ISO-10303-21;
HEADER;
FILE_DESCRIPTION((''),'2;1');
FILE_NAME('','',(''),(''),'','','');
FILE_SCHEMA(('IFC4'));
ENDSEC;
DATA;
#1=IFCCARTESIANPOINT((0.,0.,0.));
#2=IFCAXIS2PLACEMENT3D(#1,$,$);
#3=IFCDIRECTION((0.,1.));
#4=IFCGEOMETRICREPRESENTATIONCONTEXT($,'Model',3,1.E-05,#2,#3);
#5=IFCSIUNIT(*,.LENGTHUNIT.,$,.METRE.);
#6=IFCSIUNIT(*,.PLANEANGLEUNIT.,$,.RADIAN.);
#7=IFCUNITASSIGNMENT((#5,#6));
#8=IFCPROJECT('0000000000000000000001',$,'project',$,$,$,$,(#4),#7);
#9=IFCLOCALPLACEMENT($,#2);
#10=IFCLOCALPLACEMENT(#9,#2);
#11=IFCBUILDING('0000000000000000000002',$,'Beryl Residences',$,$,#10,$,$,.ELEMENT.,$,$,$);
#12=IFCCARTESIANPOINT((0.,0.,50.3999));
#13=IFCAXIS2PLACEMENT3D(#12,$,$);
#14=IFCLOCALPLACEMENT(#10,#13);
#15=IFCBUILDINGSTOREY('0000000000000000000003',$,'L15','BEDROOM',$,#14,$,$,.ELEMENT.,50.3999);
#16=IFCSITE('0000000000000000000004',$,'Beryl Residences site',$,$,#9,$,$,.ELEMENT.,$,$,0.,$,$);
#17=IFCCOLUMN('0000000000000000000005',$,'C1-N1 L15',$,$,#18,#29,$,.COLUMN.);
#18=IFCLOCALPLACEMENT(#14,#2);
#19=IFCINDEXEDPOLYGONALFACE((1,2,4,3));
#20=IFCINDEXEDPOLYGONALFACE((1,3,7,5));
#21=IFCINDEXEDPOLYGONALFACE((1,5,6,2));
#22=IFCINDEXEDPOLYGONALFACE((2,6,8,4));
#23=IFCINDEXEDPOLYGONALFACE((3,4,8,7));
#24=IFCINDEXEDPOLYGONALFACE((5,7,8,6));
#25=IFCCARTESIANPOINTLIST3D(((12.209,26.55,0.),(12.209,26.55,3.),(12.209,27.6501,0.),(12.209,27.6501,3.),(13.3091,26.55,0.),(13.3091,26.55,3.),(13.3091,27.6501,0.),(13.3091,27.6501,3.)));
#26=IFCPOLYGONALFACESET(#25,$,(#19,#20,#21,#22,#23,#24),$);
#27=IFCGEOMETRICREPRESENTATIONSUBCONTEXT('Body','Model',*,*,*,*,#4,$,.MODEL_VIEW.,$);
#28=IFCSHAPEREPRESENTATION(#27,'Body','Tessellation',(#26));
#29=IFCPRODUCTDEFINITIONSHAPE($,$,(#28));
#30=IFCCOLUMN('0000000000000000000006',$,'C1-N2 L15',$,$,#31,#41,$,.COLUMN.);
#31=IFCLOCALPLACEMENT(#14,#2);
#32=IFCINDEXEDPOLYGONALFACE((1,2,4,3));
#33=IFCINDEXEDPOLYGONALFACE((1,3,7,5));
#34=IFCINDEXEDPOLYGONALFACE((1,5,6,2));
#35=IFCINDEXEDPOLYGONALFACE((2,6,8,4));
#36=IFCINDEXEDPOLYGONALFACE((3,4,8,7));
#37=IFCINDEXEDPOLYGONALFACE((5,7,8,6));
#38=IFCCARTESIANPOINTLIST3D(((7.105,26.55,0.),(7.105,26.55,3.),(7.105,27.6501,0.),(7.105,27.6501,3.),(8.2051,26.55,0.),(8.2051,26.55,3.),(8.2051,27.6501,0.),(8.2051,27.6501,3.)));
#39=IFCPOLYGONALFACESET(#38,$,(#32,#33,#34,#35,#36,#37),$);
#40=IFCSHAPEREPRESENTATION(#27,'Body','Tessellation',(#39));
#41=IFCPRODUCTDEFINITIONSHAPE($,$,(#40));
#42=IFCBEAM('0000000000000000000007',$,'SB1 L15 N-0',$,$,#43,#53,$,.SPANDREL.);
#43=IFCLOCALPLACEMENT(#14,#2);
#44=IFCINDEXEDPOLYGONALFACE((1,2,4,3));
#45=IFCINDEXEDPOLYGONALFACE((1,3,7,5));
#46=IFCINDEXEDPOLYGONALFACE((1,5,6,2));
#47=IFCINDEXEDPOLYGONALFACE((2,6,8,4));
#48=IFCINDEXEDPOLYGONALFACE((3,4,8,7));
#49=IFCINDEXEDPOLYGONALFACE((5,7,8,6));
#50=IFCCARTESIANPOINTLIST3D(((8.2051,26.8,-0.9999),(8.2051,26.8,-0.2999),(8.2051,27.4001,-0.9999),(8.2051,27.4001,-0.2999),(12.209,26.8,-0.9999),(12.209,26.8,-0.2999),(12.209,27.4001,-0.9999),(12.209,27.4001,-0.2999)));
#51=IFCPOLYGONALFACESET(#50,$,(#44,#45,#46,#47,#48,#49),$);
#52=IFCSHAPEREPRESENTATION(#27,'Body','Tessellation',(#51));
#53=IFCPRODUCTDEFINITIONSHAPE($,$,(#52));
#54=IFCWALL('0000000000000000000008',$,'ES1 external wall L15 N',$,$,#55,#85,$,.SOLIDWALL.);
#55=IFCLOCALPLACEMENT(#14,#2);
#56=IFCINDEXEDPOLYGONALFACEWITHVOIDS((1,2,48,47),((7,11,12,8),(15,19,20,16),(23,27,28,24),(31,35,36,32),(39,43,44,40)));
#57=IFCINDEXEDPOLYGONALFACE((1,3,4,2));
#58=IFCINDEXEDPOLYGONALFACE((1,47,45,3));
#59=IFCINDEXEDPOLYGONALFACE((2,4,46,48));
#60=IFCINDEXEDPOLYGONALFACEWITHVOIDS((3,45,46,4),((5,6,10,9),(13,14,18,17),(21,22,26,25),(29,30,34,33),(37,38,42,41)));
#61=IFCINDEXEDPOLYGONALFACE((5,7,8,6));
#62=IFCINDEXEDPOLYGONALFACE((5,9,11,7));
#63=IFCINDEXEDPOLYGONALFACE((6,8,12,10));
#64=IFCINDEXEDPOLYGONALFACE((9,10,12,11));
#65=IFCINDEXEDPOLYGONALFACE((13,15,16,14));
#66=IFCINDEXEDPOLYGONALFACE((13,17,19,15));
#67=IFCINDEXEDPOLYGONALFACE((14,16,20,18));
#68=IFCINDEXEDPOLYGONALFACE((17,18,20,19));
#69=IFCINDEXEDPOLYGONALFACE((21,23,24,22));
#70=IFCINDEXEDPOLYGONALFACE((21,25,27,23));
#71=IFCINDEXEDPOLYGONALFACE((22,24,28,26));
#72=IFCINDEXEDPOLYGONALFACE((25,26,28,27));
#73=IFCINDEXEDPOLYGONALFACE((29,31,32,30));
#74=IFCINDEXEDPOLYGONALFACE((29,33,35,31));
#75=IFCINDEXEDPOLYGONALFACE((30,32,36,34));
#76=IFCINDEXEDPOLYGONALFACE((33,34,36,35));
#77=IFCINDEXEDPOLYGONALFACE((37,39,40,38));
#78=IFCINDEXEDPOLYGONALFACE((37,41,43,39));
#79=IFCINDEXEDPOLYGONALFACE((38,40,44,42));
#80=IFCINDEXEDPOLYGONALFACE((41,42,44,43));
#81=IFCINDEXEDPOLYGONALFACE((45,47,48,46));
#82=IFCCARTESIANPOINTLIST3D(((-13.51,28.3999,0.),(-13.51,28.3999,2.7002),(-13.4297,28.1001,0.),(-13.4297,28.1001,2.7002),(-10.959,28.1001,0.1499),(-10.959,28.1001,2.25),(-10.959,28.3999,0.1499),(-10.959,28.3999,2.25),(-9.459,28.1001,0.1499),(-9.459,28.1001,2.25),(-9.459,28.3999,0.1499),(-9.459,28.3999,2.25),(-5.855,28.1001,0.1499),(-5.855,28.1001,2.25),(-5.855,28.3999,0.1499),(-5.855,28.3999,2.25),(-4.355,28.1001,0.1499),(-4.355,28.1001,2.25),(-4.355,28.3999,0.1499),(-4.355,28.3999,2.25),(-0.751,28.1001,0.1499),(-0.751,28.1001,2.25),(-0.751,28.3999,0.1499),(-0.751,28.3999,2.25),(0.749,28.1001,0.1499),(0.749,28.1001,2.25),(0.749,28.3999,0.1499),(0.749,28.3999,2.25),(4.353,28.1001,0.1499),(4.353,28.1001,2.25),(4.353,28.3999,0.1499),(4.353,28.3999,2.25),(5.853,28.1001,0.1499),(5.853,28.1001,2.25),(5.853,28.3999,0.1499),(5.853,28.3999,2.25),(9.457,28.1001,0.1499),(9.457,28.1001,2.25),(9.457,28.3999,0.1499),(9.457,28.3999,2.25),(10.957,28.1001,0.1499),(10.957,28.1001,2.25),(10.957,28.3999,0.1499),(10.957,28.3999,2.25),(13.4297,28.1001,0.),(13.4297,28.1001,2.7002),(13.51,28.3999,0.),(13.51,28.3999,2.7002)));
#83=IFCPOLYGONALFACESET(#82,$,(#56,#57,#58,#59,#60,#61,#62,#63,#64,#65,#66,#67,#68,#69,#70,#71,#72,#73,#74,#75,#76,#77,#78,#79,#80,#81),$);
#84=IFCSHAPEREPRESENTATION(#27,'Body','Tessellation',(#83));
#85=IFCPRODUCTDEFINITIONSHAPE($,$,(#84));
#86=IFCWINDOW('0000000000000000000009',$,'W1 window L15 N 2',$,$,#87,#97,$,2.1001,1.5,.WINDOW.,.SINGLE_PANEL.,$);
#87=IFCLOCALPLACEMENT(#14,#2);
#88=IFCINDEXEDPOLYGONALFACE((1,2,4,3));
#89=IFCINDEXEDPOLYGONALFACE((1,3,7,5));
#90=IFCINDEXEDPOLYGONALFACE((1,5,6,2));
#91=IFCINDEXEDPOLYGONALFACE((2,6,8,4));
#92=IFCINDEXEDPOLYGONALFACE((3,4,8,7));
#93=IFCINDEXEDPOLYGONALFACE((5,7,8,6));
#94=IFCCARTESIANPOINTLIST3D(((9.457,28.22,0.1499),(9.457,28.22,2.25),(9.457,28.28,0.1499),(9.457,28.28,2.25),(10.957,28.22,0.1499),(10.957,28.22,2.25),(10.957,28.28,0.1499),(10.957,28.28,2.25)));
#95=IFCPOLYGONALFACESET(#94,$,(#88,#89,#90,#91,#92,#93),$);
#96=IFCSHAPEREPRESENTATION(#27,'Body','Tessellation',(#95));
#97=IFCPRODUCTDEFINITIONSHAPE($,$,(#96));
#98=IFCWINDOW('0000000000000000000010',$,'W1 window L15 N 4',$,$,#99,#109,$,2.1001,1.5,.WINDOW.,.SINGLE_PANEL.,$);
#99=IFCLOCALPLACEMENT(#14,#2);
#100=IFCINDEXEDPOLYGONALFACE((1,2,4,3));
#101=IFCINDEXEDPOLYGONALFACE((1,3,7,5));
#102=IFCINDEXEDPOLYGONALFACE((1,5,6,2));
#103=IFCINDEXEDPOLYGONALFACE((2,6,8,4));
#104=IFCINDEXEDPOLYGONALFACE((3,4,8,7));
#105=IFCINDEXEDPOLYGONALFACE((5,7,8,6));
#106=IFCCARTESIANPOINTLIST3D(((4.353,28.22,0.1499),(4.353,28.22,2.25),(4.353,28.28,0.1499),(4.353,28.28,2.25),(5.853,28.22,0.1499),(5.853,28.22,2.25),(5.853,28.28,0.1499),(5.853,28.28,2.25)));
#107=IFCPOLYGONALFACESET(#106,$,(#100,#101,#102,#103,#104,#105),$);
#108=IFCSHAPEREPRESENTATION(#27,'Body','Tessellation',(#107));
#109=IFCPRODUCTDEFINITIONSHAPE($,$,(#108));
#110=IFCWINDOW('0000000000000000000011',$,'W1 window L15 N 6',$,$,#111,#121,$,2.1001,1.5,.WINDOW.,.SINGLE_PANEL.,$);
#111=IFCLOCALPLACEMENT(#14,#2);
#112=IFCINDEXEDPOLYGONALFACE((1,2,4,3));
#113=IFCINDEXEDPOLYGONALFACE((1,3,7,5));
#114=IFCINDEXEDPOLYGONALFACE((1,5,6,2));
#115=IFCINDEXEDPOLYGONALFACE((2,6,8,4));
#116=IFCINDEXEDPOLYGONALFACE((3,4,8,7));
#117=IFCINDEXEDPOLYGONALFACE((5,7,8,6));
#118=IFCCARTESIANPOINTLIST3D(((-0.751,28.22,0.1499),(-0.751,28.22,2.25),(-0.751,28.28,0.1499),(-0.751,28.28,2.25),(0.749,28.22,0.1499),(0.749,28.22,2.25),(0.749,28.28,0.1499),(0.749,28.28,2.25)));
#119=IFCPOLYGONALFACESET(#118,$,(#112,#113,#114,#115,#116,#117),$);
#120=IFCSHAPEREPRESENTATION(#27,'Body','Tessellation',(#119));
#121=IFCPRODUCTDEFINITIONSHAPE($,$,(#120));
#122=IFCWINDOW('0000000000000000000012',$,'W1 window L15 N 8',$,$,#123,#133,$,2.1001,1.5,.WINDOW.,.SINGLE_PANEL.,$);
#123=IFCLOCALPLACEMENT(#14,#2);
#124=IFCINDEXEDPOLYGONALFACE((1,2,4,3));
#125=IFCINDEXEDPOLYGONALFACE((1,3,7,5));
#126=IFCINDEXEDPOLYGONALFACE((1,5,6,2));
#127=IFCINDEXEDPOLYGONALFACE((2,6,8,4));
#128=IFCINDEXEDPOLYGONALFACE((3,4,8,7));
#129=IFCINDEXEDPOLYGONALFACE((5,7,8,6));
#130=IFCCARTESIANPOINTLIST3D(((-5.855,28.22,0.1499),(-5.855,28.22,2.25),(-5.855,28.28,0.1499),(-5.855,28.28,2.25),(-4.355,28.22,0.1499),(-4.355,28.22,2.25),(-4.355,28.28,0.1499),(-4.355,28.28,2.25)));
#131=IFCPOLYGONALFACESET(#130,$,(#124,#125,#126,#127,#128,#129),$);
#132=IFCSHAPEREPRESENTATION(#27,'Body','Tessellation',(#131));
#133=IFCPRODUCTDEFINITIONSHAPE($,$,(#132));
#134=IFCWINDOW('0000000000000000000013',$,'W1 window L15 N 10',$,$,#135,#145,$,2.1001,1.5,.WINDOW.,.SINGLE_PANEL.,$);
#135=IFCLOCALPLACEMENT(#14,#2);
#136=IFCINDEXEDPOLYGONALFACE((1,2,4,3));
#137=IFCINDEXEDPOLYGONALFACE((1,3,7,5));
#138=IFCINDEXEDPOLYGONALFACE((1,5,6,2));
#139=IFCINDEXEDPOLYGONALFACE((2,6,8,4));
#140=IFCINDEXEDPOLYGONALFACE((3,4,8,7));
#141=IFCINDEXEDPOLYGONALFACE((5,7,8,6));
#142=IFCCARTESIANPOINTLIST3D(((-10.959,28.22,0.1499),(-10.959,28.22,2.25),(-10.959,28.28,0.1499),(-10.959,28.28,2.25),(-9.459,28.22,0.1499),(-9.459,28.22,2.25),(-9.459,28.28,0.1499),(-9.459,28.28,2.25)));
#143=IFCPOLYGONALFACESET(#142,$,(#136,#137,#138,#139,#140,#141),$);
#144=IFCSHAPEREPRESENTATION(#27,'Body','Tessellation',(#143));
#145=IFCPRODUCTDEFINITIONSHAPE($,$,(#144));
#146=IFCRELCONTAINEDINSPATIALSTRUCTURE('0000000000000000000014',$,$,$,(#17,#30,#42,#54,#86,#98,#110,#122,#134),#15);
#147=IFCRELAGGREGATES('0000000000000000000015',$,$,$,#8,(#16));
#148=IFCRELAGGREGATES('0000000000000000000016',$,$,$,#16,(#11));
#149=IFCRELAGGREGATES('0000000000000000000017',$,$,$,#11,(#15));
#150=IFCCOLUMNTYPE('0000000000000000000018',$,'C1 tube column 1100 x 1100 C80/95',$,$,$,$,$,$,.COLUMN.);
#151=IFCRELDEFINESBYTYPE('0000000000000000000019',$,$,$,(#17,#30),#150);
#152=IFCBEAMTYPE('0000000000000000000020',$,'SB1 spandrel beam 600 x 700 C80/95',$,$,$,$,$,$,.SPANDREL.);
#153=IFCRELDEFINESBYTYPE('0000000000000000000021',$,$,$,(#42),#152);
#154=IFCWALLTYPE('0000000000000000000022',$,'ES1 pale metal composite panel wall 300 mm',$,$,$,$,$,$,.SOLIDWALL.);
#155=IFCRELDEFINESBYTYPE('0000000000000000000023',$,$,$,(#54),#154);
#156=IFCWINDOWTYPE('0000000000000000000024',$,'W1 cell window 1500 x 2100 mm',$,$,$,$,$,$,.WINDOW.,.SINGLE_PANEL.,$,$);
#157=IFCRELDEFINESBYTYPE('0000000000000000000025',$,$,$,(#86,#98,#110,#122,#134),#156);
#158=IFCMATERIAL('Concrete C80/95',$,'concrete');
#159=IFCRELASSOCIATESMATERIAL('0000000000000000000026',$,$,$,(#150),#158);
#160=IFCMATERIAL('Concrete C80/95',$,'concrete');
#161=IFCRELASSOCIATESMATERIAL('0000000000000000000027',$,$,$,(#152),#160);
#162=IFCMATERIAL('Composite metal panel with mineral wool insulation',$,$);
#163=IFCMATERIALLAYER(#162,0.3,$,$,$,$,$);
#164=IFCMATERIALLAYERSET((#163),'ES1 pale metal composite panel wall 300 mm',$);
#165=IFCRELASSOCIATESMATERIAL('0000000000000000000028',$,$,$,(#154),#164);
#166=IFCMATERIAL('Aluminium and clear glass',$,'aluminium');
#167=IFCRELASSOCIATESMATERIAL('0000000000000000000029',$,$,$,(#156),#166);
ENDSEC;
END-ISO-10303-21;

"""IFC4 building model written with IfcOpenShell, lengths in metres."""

from ifc_helpers import new_model, si_unit, direction, frame, frame_2d, origin, origin_2d, place, context, subcontext, project, spatial, polyline, rectangle, outline, extrude, material, layer, layer_set, material_profile, profile_set, type_object, element, fill, save


model = new_model("IFC4")

# Units and contexts
model_context = context("Model", 3, precision=1e-05, world=origin(), true_north=direction((0.0, 1.0)))
body_context = subcontext(model_context, "Body", "Model", "MODEL_VIEW")
ifc_project = project(units=[si_unit("LENGTHUNIT", "METRE"), si_unit("PLANEANGLEUNIT", "RADIAN")], contexts=[model_context])

# Site, building, storey
site_placement = place(None, origin())
site = spatial("IfcSite", under=ifc_project, at=site_placement, Name="Beryl Residences site", CompositionType="ELEMENT", RefElevation=0.0)
building_placement = place(site_placement, origin())
building = spatial("IfcBuilding", under=site, at=building_placement, Name="Beryl Residences", CompositionType="ELEMENT")
storey_placement = place(building_placement, frame((0.0, 0.0, 50.3999)))
storey = spatial("IfcBuildingStorey", under=building, at=storey_placement, Name="L15", Description="BEDROOM", CompositionType="ELEMENT", Elevation=50.3999)

# Columns
ifc_material_1 = material(Name="Concrete C80/95", Category="concrete")
ifc_material_profile_1 = material_profile(ifc_material_1, rectangle(XDim=1.1001, YDim=1.1001, at=origin_2d()))
ifc_profile_set_1 = profile_set([ifc_material_profile_1], Name="Concrete C80/95")
column_type = type_object("IfcColumnType", Name="C1 tube column 1100 x 1100 C80/95", PredefinedType="COLUMN", material=ifc_profile_set_1)
for number, where, z_axis, x_axis, name in (
    (1, (12.759, 27.1001, 0.0), (0.0, 0.0, 1.0), (-1.0, 0.0, 0.0), "C1-N1 L15"),
    (2, (7.655, 27.1001, 0.0), (0.0, 0.0, 1.0), (-1.0, 0.0, 0.0), "C1-N2 L15"),
):
    element("IfcColumn", number, at=place(storey_placement, frame(where, z_axis=z_axis, x_axis=x_axis)), inside=storey, type_object=column_type, Name=name, PredefinedType="COLUMN", context=body_context, shape_type="SweptSolid", body=[
        extrude(rectangle(XDim=1.1001, YDim=1.1001, at=origin_2d()), origin(), (0.0, 0.0, 1.0), 3.0),
    ])

# Beam
ifc_material_2 = material(Name="Concrete C80/95", Category="concrete")
ifc_material_profile_2 = material_profile(ifc_material_2, rectangle(XDim=0.6001, YDim=0.7, at=origin_2d()))
ifc_profile_set_2 = profile_set([ifc_material_profile_2], Name="Concrete C80/95")
beam_type = type_object("IfcBeamType", Name="SB1 spandrel beam 600 x 700 C80/95", PredefinedType="SPANDREL", material=ifc_profile_set_2)
beam_placement = place(storey_placement, frame((12.209, 27.1001, -0.6499), z_axis=(-1.0, 0.0, 0.0), x_axis=(0.0, -1.0, 0.0)))
element("IfcBeam", 3, at=beam_placement, inside=storey, type_object=beam_type, Name="SB1 L15 N-0", PredefinedType="SPANDREL", context=body_context, shape_type="SweptSolid", body=[
    extrude(rectangle(XDim=0.6001, YDim=0.7, at=origin_2d()), origin(), (0.0, 0.0, 1.0), 4.0039),
])

# Wall, openings, windows
ifc_material_3 = material(Name="Composite metal panel with mineral wool insulation")
ifc_layer_1 = layer(ifc_material_3, 0.3)
ifc_layer_set_1 = layer_set([ifc_layer_1], Name="ES1 pale metal composite panel wall 300 mm")
wall_type_1 = type_object("IfcWallType", Name="ES1 pale metal composite panel wall 300 mm", PredefinedType="SOLIDWALL", material=ifc_layer_set_1)
wall_1_placement = place(storey_placement, frame((13.51, 28.25, 0.0), z_axis=(0.0, 0.0, 1.0), x_axis=(-1.0, 0.0, 0.0)))
wall_1 = element("IfcWall", 4, at=wall_1_placement, inside=storey, type_object=wall_type_1, Name="ES1 external wall L15 N", PredefinedType="SOLIDWALL", context=body_context, shape_type="SweptSolid", body=[
    extrude(outline(polyline([(0.0, -0.1499), (27.02, -0.1499), (26.9397, 0.1499), (0.0803, 0.1499), (0.0, -0.1499)])), origin(), (0.0, 0.0, 1.0), 2.7002),
])
opening_1_placement = place(wall_1_placement, frame((2.553, 0.0, 0.1499)))
opening_1 = element("IfcOpeningElement", 5, at=opening_1_placement, cuts=wall_1, PredefinedType="OPENING", context=body_context, shape_type="SweptSolid", body=[
    extrude(rectangle(XDim=1.5, YDim=2.1001, at=frame_2d((0.75, 1.05))), frame((0.0, 0.1599, 0.0), z_axis=(0.0, -1.0, 0.0), x_axis=(1.0, 0.0, 0.0)), (0.0, 0.0, 1.0), 0.3201),
])
opening_2_placement = place(wall_1_placement, frame((7.657, 0.0, 0.1499)))
opening_2 = element("IfcOpeningElement", 6, at=opening_2_placement, cuts=wall_1, PredefinedType="OPENING", context=body_context, shape_type="SweptSolid", body=[
    extrude(rectangle(XDim=1.5, YDim=2.1001, at=frame_2d((0.75, 1.05))), frame((0.0, 0.1599, 0.0), z_axis=(0.0, -1.0, 0.0), x_axis=(1.0, 0.0, 0.0)), (0.0, 0.0, 1.0), 0.3201),
])
opening_3_placement = place(wall_1_placement, frame((12.761, 0.0, 0.1499)))
opening_3 = element("IfcOpeningElement", 7, at=opening_3_placement, cuts=wall_1, PredefinedType="OPENING", context=body_context, shape_type="SweptSolid", body=[
    extrude(rectangle(XDim=1.5, YDim=2.1001, at=frame_2d((0.75, 1.05))), frame((0.0, 0.1599, 0.0), z_axis=(0.0, -1.0, 0.0), x_axis=(1.0, 0.0, 0.0)), (0.0, 0.0, 1.0), 0.3201),
])
opening_4_placement = place(wall_1_placement, frame((17.865, 0.0, 0.1499)))
opening_4 = element("IfcOpeningElement", 8, at=opening_4_placement, cuts=wall_1, PredefinedType="OPENING", context=body_context, shape_type="SweptSolid", body=[
    extrude(rectangle(XDim=1.5, YDim=2.1001, at=frame_2d((0.75, 1.05))), frame((0.0, 0.1599, 0.0), z_axis=(0.0, -1.0, 0.0), x_axis=(1.0, 0.0, 0.0)), (0.0, 0.0, 1.0), 0.3201),
])
opening_5_placement = place(wall_1_placement, frame((22.969, 0.0, 0.1499)))
opening_5 = element("IfcOpeningElement", 9, at=opening_5_placement, cuts=wall_1, PredefinedType="OPENING", context=body_context, shape_type="SweptSolid", body=[
    extrude(rectangle(XDim=1.5, YDim=2.1001, at=frame_2d((0.75, 1.05))), frame((0.0, 0.1599, 0.0), z_axis=(0.0, -1.0, 0.0), x_axis=(1.0, 0.0, 0.0)), (0.0, 0.0, 1.0), 0.3201),
])
ifc_material_4 = material(Name="Aluminium and clear glass", Category="aluminium")
window_type = type_object("IfcWindowType", Name="W1 cell window 1500 x 2100 mm", PartitioningType="SINGLE_PANEL", PredefinedType="WINDOW", material=ifc_material_4)
window_1_placement = place(opening_1_placement, origin())
window_1 = element("IfcWindow", 10, at=window_1_placement, inside=storey, type_object=window_type, Name="W1 window L15 N 2", OverallHeight=2.1001, OverallWidth=1.5, PartitioningType="SINGLE_PANEL", PredefinedType="WINDOW", context=body_context, shape_type="SweptSolid", body=[
    extrude(rectangle(XDim=1.5, YDim=2.1001, at=frame_2d((0.75, 1.05))), frame((0.0, 0.03, 0.0), z_axis=(0.0, -1.0, 0.0), x_axis=(1.0, 0.0, 0.0)), (0.0, 0.0, 1.0), 0.0601),
])
fill(opening_1, window_1)
window_2_placement = place(opening_2_placement, origin())
window_2 = element("IfcWindow", 11, at=window_2_placement, inside=storey, type_object=window_type, Name="W1 window L15 N 4", OverallHeight=2.1001, OverallWidth=1.5, PartitioningType="SINGLE_PANEL", PredefinedType="WINDOW", context=body_context, shape_type="SweptSolid", body=[
    extrude(rectangle(XDim=1.5, YDim=2.1001, at=frame_2d((0.75, 1.05))), frame((0.0, 0.03, 0.0), z_axis=(0.0, -1.0, 0.0), x_axis=(1.0, 0.0, 0.0)), (0.0, 0.0, 1.0), 0.0601),
])
fill(opening_2, window_2)
window_3_placement = place(opening_3_placement, origin())
window_3 = element("IfcWindow", 12, at=window_3_placement, inside=storey, type_object=window_type, Name="W1 window L15 N 6", OverallHeight=2.1001, OverallWidth=1.5, PartitioningType="SINGLE_PANEL", PredefinedType="WINDOW", context=body_context, shape_type="SweptSolid", body=[
    extrude(rectangle(XDim=1.5, YDim=2.1001, at=frame_2d((0.75, 1.05))), frame((0.0, 0.03, 0.0), z_axis=(0.0, -1.0, 0.0), x_axis=(1.0, 0.0, 0.0)), (0.0, 0.0, 1.0), 0.0601),
])
fill(opening_3, window_3)
window_4_placement = place(opening_4_placement, origin())
window_4 = element("IfcWindow", 13, at=window_4_placement, inside=storey, type_object=window_type, Name="W1 window L15 N 8", OverallHeight=2.1001, OverallWidth=1.5, PartitioningType="SINGLE_PANEL", PredefinedType="WINDOW", context=body_context, shape_type="SweptSolid", body=[
    extrude(rectangle(XDim=1.5, YDim=2.1001, at=frame_2d((0.75, 1.05))), frame((0.0, 0.03, 0.0), z_axis=(0.0, -1.0, 0.0), x_axis=(1.0, 0.0, 0.0)), (0.0, 0.0, 1.0), 0.0601),
])
fill(opening_4, window_4)
window_5_placement = place(opening_5_placement, origin())
window_5 = element("IfcWindow", 14, at=window_5_placement, inside=storey, type_object=window_type, Name="W1 window L15 N 10", OverallHeight=2.1001, OverallWidth=1.5, PartitioningType="SINGLE_PANEL", PredefinedType="WINDOW", context=body_context, shape_type="SweptSolid", body=[
    extrude(rectangle(XDim=1.5, YDim=2.1001, at=frame_2d((0.75, 1.05))), frame((0.0, 0.03, 0.0), z_axis=(0.0, -1.0, 0.0), x_axis=(1.0, 0.0, 0.0)), (0.0, 0.0, 1.0), 0.0601),
])
fill(opening_5, window_5)

save(model, "model.ifc")
